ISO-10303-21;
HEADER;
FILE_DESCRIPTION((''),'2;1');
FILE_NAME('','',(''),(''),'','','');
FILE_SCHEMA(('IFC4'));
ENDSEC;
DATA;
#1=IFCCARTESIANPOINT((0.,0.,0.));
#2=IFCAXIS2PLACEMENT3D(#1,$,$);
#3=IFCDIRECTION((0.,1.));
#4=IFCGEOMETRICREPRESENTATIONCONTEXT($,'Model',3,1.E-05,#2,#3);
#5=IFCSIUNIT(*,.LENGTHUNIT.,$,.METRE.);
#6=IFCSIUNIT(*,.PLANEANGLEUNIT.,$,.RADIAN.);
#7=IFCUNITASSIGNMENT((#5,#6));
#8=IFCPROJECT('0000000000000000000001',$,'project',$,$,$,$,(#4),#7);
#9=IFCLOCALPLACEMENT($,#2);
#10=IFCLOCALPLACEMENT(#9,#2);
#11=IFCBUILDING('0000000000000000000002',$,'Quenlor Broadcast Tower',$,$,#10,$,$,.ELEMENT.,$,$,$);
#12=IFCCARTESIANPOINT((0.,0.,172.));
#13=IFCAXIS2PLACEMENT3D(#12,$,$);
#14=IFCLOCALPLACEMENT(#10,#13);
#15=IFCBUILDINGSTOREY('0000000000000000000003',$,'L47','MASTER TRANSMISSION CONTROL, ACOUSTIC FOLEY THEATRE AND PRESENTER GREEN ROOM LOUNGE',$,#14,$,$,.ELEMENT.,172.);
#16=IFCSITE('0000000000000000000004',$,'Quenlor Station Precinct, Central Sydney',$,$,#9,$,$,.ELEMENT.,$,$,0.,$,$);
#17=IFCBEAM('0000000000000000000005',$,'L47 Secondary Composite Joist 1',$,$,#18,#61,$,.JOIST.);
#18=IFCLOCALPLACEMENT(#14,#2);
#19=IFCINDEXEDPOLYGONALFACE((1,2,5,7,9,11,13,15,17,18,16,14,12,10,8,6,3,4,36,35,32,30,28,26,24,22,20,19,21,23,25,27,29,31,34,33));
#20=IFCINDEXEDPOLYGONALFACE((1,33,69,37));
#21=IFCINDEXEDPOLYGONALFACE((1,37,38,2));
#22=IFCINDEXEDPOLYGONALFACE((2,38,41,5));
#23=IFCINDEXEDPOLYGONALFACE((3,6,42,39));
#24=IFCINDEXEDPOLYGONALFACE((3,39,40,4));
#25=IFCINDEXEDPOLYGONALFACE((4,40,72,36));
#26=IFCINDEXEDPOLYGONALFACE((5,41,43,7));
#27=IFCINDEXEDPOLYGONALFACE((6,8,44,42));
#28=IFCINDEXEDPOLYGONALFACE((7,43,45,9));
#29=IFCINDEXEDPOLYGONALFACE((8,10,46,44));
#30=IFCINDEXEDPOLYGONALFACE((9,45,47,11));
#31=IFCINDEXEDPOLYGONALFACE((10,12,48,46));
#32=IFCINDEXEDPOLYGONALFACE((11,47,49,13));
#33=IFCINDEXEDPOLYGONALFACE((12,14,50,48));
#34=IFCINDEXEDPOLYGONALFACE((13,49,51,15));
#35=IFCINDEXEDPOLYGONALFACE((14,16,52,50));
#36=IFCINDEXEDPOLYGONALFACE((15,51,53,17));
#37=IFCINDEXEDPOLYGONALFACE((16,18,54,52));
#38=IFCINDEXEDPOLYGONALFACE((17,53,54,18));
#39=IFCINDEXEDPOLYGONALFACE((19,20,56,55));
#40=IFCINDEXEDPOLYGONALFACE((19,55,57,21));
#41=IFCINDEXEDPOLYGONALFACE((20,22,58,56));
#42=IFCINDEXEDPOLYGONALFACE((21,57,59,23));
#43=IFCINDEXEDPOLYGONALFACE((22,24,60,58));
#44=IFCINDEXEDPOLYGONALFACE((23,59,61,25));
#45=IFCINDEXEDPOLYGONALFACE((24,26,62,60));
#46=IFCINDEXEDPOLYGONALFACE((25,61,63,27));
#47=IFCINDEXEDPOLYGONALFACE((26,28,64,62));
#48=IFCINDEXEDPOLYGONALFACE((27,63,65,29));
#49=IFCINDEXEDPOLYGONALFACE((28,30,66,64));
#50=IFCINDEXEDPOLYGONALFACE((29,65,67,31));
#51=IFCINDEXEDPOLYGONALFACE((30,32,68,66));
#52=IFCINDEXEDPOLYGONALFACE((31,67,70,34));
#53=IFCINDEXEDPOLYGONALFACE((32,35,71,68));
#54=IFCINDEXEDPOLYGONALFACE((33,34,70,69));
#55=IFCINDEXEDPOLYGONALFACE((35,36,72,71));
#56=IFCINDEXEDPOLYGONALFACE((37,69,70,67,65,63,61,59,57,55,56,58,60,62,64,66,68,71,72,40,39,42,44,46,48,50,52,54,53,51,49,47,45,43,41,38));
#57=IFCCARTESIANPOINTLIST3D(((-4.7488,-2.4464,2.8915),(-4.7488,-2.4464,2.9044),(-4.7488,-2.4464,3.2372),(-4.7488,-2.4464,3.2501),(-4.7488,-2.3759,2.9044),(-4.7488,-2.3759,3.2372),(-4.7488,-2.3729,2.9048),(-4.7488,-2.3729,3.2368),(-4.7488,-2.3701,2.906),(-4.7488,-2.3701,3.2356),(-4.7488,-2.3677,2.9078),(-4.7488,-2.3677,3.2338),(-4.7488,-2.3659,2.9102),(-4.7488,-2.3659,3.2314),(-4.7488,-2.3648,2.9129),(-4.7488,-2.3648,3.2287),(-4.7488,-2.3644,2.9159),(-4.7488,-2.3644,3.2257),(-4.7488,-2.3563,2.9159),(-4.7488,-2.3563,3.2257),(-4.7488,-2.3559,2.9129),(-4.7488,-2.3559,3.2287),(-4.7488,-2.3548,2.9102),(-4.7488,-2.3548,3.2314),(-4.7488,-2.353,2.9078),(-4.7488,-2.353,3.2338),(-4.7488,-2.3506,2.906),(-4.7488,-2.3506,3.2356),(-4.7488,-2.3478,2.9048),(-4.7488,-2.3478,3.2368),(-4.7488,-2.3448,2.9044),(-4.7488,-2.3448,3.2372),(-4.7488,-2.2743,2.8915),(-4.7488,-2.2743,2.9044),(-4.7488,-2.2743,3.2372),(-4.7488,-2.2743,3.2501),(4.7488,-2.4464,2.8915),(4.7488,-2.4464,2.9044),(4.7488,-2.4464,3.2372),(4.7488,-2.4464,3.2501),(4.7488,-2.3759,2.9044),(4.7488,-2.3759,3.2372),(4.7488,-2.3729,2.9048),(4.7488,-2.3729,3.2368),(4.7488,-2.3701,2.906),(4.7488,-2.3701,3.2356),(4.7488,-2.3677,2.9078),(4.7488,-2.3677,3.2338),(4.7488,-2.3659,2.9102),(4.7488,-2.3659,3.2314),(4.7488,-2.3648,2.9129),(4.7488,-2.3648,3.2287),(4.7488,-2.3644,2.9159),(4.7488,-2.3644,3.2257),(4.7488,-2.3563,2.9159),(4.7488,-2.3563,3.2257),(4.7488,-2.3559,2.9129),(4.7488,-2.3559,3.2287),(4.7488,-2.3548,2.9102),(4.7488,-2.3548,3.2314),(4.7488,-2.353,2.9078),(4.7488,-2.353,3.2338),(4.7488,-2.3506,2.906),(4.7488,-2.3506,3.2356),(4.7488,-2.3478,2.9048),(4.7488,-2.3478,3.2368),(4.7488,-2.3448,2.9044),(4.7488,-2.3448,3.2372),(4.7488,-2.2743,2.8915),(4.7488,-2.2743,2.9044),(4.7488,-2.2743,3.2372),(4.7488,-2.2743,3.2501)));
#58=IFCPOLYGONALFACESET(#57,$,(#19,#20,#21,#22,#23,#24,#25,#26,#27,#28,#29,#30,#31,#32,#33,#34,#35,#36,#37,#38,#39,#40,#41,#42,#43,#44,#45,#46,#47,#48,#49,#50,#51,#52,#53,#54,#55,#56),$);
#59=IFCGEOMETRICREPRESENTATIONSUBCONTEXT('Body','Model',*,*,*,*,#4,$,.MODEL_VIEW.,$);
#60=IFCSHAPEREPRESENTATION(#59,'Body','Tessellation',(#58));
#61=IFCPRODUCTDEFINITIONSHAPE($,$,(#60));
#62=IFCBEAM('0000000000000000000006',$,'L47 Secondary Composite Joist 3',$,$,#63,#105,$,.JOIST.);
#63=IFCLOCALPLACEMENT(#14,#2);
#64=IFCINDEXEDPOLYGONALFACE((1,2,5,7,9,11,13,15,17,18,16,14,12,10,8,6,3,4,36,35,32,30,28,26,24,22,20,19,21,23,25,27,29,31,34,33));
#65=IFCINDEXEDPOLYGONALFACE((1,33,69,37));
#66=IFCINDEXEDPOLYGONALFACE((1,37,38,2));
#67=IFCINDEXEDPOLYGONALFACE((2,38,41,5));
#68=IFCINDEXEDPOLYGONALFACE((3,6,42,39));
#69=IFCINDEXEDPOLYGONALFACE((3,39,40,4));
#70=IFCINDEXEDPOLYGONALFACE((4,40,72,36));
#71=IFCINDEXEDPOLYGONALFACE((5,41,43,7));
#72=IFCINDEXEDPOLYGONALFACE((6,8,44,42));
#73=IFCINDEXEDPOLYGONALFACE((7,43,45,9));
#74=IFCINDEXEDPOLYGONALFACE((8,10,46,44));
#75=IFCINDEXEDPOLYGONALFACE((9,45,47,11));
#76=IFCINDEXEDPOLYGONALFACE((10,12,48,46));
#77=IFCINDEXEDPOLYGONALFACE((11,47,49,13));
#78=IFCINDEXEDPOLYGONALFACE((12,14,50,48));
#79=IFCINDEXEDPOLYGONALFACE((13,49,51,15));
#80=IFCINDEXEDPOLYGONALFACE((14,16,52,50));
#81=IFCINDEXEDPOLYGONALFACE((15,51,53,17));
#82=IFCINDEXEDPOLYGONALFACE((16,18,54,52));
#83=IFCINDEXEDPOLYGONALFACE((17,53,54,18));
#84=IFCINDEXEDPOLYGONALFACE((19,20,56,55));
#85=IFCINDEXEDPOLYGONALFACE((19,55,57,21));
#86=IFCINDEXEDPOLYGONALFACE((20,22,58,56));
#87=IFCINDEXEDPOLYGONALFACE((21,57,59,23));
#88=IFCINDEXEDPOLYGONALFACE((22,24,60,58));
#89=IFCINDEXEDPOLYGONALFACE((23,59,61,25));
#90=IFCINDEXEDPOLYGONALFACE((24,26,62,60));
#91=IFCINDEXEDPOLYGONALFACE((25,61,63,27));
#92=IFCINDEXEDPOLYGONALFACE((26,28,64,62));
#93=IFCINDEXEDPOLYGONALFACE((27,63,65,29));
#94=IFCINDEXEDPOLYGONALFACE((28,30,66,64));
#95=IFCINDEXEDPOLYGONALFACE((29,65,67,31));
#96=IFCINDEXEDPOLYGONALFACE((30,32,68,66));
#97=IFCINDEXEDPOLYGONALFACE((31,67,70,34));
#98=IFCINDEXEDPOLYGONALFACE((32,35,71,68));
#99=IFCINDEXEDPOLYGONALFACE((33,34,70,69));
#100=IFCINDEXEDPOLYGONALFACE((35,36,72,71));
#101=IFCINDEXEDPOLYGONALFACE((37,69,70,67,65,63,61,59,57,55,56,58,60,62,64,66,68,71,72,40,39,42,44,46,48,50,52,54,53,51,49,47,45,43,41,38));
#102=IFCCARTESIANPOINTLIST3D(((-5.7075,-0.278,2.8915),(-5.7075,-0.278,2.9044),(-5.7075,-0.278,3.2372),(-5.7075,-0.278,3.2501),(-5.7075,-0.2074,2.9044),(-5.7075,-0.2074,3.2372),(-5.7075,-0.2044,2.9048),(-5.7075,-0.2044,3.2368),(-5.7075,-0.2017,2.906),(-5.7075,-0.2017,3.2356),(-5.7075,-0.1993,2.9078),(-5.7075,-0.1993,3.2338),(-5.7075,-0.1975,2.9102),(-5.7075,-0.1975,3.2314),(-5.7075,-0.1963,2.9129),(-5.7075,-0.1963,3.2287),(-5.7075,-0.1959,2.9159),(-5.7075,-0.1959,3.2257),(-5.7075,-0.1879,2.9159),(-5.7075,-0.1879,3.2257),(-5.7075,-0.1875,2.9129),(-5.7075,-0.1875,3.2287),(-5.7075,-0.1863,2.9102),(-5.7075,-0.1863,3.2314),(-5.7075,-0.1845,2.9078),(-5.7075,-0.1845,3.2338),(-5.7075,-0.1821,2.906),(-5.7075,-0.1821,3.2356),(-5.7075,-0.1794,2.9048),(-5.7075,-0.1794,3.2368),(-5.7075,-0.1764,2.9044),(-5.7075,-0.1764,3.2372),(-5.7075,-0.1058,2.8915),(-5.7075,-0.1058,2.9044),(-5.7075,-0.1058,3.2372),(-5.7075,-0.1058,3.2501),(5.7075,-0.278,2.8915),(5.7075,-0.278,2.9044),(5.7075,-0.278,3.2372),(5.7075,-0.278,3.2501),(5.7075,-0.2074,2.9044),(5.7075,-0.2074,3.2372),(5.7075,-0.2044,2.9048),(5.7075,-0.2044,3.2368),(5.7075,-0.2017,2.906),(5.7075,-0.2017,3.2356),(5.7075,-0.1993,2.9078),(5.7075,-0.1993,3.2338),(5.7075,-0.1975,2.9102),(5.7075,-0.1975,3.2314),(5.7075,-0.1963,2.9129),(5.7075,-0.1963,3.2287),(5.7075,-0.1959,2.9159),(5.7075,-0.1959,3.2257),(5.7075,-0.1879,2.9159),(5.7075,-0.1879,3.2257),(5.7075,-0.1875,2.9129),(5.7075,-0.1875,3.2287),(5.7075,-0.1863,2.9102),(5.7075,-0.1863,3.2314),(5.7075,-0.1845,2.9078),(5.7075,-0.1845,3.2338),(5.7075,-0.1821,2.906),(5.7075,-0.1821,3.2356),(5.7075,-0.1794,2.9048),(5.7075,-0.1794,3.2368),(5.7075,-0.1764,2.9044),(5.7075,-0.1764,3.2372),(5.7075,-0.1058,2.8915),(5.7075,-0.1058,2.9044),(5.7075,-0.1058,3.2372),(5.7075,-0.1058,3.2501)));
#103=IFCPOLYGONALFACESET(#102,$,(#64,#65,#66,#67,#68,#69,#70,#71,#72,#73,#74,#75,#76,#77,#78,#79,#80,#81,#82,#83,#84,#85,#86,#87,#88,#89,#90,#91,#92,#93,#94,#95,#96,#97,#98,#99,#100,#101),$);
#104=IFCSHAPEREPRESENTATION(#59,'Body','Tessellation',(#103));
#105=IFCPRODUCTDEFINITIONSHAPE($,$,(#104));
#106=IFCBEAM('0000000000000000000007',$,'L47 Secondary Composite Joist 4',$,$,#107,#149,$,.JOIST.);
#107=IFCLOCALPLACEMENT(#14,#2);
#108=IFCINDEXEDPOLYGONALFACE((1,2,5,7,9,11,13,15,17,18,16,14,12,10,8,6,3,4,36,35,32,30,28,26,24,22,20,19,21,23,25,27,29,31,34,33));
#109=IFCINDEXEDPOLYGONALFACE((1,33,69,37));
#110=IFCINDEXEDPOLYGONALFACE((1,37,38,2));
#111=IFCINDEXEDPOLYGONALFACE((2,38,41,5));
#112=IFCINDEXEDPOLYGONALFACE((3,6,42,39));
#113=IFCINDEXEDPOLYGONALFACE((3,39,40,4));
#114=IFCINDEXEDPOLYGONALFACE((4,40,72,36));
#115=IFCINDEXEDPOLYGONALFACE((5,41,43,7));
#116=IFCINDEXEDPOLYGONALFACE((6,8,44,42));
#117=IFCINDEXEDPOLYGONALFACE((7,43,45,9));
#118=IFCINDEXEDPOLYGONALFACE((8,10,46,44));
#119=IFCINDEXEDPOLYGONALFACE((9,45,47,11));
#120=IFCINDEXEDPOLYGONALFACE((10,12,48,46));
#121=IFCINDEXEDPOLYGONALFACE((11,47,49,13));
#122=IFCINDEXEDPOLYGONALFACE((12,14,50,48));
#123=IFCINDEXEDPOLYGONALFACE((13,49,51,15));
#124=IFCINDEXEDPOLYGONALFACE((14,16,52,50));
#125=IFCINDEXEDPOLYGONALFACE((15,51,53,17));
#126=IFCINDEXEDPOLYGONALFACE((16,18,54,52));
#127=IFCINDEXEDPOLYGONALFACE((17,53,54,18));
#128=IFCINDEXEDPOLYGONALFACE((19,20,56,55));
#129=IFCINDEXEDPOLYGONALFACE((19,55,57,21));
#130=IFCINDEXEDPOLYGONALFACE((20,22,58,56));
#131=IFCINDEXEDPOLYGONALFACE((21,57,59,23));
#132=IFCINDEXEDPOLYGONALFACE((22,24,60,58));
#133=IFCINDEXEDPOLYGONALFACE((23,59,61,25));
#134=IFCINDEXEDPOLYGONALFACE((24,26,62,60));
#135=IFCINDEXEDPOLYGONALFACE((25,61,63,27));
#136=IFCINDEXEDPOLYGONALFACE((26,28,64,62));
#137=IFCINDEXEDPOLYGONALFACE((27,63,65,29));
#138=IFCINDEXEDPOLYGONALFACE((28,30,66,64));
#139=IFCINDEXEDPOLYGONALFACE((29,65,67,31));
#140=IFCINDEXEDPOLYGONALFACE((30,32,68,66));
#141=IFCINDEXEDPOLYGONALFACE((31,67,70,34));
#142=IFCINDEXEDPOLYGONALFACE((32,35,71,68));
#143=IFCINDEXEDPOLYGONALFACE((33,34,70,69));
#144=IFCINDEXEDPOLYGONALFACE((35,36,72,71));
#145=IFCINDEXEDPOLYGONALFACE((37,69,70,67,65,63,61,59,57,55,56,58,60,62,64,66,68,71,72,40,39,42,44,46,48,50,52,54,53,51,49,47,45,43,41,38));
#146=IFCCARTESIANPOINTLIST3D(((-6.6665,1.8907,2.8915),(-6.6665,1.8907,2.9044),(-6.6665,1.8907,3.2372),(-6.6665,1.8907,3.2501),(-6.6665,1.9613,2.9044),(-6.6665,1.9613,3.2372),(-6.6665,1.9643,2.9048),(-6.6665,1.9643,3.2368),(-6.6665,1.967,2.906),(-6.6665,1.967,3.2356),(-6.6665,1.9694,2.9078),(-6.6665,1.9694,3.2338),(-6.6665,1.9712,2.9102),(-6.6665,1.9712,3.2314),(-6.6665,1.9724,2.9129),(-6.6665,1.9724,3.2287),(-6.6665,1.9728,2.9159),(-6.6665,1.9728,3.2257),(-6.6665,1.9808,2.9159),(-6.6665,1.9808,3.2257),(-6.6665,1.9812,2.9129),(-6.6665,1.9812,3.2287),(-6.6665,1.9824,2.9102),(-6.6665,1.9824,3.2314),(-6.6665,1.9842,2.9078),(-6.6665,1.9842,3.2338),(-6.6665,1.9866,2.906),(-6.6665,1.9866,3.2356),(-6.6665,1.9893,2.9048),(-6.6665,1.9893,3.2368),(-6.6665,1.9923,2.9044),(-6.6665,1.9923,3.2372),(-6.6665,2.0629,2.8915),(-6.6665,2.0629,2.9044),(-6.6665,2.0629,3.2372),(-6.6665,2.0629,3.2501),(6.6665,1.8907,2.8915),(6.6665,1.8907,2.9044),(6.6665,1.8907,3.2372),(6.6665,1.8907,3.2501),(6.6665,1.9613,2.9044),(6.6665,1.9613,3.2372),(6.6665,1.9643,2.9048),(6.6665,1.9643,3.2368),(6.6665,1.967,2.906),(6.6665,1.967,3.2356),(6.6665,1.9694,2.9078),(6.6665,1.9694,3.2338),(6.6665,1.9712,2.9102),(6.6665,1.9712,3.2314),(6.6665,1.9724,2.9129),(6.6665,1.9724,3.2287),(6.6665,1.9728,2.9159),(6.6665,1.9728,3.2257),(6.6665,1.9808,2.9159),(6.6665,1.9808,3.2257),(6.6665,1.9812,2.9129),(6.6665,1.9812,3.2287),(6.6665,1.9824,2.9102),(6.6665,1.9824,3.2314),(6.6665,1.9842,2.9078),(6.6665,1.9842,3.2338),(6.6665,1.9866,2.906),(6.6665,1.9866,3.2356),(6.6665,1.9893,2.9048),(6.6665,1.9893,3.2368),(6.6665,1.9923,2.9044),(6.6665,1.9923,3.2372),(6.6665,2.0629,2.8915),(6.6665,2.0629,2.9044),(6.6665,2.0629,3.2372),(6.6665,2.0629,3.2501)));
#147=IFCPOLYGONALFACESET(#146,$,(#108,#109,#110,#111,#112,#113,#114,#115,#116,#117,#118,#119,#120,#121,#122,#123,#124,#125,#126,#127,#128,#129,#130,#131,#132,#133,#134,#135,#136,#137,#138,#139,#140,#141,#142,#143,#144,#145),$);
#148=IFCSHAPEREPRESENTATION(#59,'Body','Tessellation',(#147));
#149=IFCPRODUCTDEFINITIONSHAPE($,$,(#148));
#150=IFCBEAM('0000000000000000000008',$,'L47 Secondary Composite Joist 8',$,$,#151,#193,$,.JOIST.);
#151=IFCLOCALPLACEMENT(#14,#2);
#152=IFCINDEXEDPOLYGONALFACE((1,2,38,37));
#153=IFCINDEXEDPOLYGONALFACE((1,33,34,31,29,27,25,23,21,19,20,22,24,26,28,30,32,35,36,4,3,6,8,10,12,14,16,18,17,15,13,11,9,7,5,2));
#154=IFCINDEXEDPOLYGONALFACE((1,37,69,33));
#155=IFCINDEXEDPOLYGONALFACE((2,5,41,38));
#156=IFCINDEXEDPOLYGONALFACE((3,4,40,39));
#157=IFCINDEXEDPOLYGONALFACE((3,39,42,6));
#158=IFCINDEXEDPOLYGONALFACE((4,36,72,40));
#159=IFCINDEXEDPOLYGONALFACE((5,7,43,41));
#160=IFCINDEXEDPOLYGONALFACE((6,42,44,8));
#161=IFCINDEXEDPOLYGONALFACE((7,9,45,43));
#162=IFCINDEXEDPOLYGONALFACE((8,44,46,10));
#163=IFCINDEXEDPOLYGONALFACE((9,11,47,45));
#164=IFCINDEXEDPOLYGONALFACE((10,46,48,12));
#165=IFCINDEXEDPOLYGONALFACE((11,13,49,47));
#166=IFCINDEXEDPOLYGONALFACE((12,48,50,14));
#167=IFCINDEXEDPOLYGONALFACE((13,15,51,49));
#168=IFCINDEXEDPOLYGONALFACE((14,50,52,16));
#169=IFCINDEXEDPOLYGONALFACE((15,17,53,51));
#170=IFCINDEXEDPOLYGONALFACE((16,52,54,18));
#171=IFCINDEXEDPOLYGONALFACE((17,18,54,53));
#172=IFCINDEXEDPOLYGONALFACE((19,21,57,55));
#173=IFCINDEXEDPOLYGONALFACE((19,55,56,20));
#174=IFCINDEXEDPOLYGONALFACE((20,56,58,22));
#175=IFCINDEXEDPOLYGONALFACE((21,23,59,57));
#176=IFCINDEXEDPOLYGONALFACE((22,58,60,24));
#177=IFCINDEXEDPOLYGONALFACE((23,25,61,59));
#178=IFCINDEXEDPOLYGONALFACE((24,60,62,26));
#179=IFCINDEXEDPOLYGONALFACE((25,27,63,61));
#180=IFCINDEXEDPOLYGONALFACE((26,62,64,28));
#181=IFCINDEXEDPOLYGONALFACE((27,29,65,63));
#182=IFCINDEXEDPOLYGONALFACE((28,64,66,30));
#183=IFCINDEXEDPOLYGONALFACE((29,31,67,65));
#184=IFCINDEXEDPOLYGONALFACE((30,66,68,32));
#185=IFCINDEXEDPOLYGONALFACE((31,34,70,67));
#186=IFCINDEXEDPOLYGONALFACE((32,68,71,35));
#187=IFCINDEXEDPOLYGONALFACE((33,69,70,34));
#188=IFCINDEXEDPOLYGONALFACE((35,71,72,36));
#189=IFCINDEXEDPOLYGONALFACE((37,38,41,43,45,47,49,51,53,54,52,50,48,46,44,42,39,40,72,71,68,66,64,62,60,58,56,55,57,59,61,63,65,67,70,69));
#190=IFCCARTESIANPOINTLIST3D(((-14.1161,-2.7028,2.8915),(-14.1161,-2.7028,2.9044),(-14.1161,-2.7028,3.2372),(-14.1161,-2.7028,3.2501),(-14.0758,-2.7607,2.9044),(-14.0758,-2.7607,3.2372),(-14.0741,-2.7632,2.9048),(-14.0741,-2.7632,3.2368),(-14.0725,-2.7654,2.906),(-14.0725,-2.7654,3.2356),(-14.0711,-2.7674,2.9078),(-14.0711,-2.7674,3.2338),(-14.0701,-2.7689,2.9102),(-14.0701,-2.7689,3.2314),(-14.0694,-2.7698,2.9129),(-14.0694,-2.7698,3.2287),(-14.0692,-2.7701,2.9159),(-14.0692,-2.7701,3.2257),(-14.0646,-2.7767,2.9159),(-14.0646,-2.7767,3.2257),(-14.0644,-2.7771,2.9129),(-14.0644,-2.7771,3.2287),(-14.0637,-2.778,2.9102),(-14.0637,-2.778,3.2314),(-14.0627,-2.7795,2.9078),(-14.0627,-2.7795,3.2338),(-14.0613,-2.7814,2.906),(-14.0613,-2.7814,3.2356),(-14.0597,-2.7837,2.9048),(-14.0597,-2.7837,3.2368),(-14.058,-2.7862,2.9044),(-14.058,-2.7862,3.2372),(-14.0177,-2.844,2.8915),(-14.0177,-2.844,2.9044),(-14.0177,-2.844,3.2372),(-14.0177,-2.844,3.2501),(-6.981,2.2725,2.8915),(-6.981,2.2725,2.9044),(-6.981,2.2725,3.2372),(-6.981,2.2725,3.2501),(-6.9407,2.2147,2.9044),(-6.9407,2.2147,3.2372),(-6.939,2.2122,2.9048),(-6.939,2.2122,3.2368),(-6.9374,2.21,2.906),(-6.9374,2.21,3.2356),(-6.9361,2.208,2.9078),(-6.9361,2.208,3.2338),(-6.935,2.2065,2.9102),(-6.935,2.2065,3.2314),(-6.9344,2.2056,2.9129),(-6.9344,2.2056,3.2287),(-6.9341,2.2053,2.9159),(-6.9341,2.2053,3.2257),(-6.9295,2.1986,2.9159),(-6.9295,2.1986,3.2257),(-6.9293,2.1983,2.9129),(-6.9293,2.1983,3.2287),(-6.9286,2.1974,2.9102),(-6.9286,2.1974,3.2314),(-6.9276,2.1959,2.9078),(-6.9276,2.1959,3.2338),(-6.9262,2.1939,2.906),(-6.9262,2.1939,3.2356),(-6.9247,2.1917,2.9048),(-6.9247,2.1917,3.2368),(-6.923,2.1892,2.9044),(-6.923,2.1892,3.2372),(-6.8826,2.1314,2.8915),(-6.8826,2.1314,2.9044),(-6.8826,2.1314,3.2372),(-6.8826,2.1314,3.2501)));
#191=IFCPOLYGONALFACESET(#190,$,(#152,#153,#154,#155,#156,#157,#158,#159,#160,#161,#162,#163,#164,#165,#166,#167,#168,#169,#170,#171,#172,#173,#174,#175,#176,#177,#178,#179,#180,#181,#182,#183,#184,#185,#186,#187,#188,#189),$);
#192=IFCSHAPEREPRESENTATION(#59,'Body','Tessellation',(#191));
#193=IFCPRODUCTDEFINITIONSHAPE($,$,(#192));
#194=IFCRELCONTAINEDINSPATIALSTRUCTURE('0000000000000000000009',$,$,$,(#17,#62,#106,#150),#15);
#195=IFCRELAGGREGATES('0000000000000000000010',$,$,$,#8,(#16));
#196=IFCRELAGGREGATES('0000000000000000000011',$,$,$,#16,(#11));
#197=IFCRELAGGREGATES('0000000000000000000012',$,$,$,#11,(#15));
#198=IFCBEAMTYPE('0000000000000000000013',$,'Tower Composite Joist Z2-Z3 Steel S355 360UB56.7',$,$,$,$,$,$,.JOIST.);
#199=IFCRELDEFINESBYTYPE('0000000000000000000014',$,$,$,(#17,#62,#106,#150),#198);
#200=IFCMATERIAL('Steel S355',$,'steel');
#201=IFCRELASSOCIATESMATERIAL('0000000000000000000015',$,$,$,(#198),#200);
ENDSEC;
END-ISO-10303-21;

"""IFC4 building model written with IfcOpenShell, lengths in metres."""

from ifc_helpers import new_model, si_unit, direction, frame, origin, origin_2d, place, context, subcontext, project, spatial, i_section, extrude, material, material_profile, profile_set, type_object, element, save


model = new_model("IFC4")

# Units and contexts
model_context = context("Model", 3, precision=1e-05, world=origin(), true_north=direction((0.0, 1.0)))
body_context = subcontext(model_context, "Body", "Model", "MODEL_VIEW")
ifc_project = project(units=[si_unit("LENGTHUNIT", "METRE"), si_unit("PLANEANGLEUNIT", "RADIAN")], contexts=[model_context])

# Site, building, storey
site_placement = place(None, origin())
site = spatial("IfcSite", under=ifc_project, at=site_placement, Name="Quenlor Station Precinct, Central Sydney", CompositionType="ELEMENT", RefElevation=0.0)
building_placement = place(site_placement, origin())
building = spatial("IfcBuilding", under=site, at=building_placement, Name="Quenlor Broadcast Tower", CompositionType="ELEMENT")
storey_placement = place(building_placement, frame((0.0, 0.0, 172.0)))
storey = spatial("IfcBuildingStorey", under=building, at=storey_placement, Name="L47", Description="MASTER TRANSMISSION CONTROL, ACOUSTIC FOLEY THEATRE AND PRESENTER GREEN ROOM LOUNGE", CompositionType="ELEMENT", Elevation=172.0)

# Beams
ifc_material_1 = material(Name="Steel S355", Category="steel")
ifc_material_profile_1 = material_profile(ifc_material_1, i_section(OverallWidth=0.1721, OverallDepth=0.3586, WebThickness=0.0081, FlangeThickness=0.0129, FilletRadius=0.0115, at=origin_2d()))
ifc_profile_set_1 = profile_set([ifc_material_profile_1], Name="Steel S355 360UB56.7")
beam_type_1 = type_object("IfcBeamType", Name="Tower Composite Joist Z2-Z3 Steel S355 360UB56.7", PredefinedType="JOIST", material=ifc_profile_set_1)
beam_1_placement = place(storey_placement, frame((-4.7488, -2.3604, 3.0708), z_axis=(1.0, 0.0, 0.0), x_axis=(0.0, 1.0, 0.0)))
element("IfcBeam", 1, at=beam_1_placement, inside=storey, type_object=beam_type_1, Name="L47 Secondary Composite Joist 1", PredefinedType="JOIST", context=body_context, shape_type="SweptSolid", body=[
    extrude(i_section(OverallWidth=0.1721, OverallDepth=0.3586, WebThickness=0.0081, FlangeThickness=0.0129, FilletRadius=0.0115, at=origin_2d()), origin(), (0.0, 0.0, 1.0), 9.4976),
])
beam_2_placement = place(storey_placement, frame((-5.7075, -0.1919, 3.0708), z_axis=(1.0, 0.0, 0.0), x_axis=(0.0, 1.0, 0.0)))
element("IfcBeam", 2, at=beam_2_placement, inside=storey, type_object=beam_type_1, Name="L47 Secondary Composite Joist 3", PredefinedType="JOIST", context=body_context, shape_type="SweptSolid", body=[
    extrude(i_section(OverallWidth=0.1721, OverallDepth=0.3586, WebThickness=0.0081, FlangeThickness=0.0129, FilletRadius=0.0115, at=origin_2d()), origin(), (0.0, 0.0, 1.0), 11.415),
])
beam_3_placement = place(storey_placement, frame((-6.6665, 1.9768, 3.0708), z_axis=(1.0, 0.0, 0.0), x_axis=(0.0, 1.0, 0.0)))
element("IfcBeam", 3, at=beam_3_placement, inside=storey, type_object=beam_type_1, Name="L47 Secondary Composite Joist 4", PredefinedType="JOIST", context=body_context, shape_type="SweptSolid", body=[
    extrude(i_section(OverallWidth=0.1721, OverallDepth=0.3586, WebThickness=0.0081, FlangeThickness=0.0129, FilletRadius=0.0115, at=origin_2d()), origin(), (0.0, 0.0, 1.0), 13.333),
])
beam_4_placement = place(storey_placement, frame((-14.0669, -2.7734, 3.0708), z_axis=(0.820266, 0.571983, 0.0), x_axis=(-0.571983, 0.820266, 0.0)))
element("IfcBeam", 4, at=beam_4_placement, inside=storey, type_object=beam_type_1, Name="L47 Secondary Composite Joist 8", PredefinedType="JOIST", context=body_context, shape_type="SweptSolid", body=[
    extrude(i_section(OverallWidth=0.1721, OverallDepth=0.3586, WebThickness=0.0081, FlangeThickness=0.0129, FilletRadius=0.0115, at=origin_2d()), origin(), (0.0, 0.0, 1.0), 8.6985),
])

save(model, "model.ifc")
